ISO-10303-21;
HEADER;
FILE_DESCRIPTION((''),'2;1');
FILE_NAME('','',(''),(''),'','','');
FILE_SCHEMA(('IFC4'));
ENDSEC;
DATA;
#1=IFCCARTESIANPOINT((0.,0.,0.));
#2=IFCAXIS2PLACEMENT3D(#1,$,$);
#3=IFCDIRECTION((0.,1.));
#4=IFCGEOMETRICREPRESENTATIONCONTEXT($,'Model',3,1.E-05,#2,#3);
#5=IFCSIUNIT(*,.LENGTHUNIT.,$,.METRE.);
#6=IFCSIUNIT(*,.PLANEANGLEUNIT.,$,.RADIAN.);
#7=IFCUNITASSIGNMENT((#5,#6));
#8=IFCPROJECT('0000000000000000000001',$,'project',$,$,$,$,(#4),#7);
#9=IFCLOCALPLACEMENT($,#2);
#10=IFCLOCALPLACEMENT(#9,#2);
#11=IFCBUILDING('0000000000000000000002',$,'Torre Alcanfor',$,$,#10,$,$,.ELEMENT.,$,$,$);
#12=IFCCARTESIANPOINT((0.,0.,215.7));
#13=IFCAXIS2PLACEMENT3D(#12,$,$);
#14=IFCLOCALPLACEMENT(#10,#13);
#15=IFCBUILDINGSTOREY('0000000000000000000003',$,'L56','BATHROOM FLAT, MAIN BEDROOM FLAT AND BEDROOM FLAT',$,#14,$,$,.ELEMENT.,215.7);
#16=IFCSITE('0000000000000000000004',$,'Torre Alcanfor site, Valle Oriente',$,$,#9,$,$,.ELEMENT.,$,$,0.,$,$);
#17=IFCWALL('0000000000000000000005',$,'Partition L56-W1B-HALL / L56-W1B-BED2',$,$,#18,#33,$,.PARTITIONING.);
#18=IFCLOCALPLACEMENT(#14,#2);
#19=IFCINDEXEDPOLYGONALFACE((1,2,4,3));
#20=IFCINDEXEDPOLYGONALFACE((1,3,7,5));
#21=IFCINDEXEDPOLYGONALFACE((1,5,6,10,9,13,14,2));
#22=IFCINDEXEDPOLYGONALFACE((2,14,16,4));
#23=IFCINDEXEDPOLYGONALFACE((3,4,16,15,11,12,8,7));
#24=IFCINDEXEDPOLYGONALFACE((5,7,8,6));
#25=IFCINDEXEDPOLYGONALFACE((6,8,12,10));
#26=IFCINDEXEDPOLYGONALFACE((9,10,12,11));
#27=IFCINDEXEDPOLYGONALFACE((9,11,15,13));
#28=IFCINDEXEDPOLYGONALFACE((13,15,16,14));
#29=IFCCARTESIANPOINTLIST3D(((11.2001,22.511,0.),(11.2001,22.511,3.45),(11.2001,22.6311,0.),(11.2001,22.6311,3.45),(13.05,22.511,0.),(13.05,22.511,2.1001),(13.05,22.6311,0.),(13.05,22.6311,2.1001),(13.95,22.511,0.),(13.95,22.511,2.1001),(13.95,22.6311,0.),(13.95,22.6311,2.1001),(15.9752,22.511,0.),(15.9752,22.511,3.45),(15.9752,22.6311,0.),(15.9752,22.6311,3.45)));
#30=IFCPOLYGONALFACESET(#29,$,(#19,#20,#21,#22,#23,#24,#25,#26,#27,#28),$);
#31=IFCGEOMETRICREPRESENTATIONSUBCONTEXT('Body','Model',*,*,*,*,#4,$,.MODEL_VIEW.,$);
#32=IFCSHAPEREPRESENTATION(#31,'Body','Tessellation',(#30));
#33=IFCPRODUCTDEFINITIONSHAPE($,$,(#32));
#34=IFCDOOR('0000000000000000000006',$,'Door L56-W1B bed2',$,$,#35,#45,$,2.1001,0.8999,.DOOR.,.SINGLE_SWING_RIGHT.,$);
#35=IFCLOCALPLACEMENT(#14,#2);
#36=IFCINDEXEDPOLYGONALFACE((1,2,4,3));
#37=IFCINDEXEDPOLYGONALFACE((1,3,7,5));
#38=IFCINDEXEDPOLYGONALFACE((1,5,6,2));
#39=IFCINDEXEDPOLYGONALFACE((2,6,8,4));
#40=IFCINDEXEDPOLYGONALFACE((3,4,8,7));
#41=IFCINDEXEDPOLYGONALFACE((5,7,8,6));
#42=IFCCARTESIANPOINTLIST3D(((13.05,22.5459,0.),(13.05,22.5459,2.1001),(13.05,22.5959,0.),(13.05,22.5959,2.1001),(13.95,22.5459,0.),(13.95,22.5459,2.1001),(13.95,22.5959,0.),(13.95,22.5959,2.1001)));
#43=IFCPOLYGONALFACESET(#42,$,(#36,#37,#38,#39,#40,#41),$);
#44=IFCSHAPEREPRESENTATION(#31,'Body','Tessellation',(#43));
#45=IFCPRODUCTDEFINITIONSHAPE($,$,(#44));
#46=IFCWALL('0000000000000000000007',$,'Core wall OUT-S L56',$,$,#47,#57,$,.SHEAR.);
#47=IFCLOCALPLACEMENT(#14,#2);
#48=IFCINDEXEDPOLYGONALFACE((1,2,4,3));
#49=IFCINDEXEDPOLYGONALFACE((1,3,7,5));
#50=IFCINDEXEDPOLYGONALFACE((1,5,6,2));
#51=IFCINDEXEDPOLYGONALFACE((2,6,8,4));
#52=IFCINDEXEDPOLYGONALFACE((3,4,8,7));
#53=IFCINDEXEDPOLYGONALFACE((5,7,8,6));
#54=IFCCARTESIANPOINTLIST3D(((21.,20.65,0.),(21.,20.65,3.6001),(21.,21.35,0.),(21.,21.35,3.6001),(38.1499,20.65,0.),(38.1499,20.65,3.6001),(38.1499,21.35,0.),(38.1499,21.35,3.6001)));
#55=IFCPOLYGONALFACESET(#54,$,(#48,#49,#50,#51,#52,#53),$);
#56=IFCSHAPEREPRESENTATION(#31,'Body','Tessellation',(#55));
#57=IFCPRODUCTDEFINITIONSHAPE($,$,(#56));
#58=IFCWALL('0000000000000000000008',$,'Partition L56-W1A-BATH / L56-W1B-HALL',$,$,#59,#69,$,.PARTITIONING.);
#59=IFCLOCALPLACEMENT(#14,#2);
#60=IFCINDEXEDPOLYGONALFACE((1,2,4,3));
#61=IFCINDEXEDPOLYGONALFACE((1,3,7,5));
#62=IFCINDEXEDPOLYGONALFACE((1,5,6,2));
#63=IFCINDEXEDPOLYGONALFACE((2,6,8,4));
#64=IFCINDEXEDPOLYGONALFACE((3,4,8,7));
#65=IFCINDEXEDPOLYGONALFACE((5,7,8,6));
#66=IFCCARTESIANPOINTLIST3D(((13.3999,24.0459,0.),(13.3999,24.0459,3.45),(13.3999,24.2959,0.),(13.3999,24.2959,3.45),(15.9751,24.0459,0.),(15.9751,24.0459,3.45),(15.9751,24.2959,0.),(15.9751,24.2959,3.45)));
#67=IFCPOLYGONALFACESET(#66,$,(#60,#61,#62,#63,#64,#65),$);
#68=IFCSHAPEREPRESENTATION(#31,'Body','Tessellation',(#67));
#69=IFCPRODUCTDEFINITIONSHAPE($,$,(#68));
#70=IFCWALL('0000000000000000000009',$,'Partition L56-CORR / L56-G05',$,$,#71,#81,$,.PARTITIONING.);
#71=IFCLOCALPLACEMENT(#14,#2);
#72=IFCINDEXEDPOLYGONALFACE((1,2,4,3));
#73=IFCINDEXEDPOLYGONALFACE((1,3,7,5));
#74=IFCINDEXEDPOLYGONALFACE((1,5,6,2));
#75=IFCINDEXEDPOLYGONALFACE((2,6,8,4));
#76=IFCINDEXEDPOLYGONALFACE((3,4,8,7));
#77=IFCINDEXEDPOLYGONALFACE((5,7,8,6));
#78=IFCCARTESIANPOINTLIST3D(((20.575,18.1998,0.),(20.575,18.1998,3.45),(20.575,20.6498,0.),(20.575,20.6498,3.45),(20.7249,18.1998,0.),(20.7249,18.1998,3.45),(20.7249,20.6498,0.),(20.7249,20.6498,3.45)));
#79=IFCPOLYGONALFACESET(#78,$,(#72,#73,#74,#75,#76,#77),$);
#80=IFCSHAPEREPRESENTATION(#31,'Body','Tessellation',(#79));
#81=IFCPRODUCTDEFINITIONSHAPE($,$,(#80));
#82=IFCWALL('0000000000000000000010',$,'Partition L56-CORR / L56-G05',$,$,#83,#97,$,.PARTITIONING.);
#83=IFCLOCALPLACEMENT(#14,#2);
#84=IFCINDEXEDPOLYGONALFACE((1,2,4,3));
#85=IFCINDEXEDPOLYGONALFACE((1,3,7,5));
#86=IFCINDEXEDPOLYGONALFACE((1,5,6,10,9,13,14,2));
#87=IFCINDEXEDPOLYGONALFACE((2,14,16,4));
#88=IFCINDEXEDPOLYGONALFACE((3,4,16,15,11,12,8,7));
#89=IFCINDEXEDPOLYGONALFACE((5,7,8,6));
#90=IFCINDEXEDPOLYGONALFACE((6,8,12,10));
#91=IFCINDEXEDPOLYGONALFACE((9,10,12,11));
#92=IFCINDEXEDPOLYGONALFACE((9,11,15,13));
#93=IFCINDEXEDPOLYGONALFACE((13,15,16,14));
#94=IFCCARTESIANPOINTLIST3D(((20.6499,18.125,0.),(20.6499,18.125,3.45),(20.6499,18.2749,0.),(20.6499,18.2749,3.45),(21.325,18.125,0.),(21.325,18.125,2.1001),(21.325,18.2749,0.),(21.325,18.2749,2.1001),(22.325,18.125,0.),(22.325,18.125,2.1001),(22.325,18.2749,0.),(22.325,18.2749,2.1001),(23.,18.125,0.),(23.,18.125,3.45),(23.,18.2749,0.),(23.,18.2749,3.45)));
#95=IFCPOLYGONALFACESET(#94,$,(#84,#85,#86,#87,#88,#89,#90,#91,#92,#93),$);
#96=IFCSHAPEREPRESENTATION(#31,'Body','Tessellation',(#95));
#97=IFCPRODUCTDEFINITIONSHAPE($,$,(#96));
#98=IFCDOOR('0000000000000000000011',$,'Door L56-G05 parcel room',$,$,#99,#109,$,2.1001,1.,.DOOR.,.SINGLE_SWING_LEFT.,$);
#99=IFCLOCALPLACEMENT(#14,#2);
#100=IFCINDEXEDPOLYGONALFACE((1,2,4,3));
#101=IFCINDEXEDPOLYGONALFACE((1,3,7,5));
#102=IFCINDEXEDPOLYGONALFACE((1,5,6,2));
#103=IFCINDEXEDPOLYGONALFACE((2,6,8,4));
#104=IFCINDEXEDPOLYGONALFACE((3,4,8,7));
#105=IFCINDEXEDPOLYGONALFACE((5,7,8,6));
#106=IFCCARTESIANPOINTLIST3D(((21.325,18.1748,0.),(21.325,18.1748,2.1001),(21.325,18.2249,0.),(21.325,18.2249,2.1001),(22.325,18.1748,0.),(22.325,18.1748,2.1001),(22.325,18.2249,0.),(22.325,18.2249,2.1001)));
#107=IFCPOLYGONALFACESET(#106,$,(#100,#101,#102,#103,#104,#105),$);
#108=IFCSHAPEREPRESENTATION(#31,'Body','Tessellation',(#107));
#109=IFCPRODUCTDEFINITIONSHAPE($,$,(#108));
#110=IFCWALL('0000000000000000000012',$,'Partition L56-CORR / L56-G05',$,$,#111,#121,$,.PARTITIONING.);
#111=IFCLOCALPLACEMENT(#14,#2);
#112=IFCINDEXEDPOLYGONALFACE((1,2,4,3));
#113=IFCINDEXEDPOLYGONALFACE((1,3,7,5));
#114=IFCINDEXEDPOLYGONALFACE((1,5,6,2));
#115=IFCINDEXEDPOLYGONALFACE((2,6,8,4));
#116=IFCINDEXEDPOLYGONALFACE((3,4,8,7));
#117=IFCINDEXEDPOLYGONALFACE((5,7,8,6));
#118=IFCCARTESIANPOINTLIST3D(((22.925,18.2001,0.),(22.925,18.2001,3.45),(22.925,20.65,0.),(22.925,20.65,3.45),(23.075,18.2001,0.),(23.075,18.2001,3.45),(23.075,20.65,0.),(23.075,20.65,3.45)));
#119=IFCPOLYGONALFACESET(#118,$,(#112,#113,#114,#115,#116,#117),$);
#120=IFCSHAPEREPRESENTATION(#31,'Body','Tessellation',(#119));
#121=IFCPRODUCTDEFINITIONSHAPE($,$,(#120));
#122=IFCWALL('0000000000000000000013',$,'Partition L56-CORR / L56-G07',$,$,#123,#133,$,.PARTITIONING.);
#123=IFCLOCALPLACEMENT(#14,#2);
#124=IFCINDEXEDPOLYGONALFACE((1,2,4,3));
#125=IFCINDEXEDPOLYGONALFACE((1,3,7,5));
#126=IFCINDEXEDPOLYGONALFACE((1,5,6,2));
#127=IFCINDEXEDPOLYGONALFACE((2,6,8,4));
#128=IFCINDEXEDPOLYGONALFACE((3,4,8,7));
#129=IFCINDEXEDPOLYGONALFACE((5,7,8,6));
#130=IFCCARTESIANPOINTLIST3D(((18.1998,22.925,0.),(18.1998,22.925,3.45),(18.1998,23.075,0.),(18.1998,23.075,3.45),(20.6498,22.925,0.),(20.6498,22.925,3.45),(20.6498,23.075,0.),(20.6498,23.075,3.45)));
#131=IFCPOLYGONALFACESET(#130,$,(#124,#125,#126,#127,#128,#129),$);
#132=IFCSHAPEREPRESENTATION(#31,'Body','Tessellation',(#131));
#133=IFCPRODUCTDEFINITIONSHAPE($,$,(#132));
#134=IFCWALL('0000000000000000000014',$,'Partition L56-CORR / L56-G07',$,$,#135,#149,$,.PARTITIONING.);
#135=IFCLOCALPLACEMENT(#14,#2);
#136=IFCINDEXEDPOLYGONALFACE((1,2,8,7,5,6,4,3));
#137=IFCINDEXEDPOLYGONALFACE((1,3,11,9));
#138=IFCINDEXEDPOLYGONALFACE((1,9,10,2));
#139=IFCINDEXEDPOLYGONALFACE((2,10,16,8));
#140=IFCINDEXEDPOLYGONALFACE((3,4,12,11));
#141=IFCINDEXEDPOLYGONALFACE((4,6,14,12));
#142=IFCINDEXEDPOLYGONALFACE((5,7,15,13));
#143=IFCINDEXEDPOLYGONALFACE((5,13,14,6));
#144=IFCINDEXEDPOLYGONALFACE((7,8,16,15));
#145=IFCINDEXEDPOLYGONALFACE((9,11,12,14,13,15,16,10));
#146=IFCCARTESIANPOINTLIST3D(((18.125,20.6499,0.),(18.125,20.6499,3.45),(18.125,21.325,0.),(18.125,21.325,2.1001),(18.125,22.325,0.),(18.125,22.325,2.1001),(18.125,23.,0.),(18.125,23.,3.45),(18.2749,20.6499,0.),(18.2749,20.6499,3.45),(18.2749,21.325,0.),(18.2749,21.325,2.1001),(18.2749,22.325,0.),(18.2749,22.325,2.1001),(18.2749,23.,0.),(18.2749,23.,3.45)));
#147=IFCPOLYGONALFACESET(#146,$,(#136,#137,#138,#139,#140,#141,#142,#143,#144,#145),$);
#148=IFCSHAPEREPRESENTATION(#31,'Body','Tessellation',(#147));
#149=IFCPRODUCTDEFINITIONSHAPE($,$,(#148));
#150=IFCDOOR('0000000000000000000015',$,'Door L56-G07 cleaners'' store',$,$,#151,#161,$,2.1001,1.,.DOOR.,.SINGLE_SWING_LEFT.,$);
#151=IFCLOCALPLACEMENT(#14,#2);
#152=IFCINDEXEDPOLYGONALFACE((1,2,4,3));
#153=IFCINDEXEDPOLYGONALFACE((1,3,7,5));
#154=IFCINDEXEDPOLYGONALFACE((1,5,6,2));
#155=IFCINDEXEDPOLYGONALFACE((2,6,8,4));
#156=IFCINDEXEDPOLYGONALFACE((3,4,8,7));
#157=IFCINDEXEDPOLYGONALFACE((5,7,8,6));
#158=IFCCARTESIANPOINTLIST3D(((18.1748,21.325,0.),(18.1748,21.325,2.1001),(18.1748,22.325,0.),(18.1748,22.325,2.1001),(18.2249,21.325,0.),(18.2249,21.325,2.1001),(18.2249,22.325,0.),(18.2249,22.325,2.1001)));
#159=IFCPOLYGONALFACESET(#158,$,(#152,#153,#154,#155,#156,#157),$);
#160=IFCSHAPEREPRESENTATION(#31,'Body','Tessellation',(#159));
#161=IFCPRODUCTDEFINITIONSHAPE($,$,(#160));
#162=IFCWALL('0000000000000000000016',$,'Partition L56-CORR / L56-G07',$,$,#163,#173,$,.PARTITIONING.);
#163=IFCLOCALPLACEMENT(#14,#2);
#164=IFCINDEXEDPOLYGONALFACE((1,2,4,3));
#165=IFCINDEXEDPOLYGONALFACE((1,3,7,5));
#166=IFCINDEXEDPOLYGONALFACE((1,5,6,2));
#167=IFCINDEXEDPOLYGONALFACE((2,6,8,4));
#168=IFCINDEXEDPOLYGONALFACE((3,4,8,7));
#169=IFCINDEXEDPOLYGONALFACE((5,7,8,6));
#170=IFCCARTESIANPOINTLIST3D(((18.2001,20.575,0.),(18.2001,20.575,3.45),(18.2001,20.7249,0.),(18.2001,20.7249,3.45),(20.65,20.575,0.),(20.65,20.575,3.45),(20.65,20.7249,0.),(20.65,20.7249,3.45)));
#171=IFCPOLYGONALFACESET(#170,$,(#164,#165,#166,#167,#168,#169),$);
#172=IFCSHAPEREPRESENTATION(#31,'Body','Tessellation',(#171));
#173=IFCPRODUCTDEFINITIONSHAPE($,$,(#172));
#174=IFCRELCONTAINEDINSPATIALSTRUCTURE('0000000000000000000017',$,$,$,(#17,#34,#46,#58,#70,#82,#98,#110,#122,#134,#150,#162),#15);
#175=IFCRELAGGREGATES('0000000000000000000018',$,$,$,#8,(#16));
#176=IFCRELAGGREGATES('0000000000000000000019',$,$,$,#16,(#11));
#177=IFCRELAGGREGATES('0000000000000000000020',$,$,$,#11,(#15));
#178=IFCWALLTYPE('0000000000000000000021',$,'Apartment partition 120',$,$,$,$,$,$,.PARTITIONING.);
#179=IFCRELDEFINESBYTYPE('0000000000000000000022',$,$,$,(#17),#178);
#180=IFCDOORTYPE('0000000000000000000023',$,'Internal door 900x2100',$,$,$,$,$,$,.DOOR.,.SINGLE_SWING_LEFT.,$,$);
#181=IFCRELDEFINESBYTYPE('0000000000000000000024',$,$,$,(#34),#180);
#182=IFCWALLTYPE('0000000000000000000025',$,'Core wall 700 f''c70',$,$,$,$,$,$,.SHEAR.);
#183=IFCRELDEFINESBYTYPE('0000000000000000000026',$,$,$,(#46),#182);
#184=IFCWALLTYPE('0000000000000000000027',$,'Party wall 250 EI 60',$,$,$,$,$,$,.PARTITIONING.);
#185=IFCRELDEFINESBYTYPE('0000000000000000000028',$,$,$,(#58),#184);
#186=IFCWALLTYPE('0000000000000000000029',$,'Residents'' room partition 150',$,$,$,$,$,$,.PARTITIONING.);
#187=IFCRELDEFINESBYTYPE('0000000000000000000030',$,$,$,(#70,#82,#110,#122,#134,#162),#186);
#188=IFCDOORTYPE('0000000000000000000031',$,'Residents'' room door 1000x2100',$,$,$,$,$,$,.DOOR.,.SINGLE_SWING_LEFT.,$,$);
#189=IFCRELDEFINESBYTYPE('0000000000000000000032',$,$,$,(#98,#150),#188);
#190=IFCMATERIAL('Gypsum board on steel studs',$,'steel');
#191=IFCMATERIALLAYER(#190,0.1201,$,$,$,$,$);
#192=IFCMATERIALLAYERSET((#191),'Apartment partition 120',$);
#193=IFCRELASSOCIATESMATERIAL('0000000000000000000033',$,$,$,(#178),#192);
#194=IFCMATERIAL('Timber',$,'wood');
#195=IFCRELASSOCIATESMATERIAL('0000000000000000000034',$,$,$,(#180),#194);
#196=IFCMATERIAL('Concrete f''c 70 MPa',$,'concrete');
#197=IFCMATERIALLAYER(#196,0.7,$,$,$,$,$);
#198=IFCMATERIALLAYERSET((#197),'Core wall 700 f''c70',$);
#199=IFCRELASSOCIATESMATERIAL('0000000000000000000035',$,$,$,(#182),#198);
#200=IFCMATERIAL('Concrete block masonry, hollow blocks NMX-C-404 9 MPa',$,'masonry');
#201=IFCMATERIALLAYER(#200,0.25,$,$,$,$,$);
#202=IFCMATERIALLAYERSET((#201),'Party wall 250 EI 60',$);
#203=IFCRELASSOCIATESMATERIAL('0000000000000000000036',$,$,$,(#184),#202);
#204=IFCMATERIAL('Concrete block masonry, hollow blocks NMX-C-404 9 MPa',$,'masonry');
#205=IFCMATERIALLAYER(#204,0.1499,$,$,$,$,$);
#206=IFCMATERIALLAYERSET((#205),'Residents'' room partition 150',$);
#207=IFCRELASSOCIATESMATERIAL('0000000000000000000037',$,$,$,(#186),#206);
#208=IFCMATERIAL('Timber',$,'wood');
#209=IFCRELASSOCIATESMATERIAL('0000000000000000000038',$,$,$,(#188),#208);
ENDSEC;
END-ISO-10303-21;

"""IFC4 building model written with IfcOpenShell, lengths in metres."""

from ifc_helpers import new_model, si_unit, direction, frame, frame_2d, origin, place, context, subcontext, project, spatial, rectangle, extrude, material, layer, layer_set, type_object, element, fill, save


model = new_model("IFC4")

# Units and contexts
model_context = context("Model", 3, precision=1e-05, world=origin(), true_north=direction((0.0, 1.0)))
body_context = subcontext(model_context, "Body", "Model", "MODEL_VIEW")
ifc_project = project(units=[si_unit("LENGTHUNIT", "METRE"), si_unit("PLANEANGLEUNIT", "RADIAN")], contexts=[model_context])

# Site, building, storey
site_placement = place(None, origin())
site = spatial("IfcSite", under=ifc_project, at=site_placement, Name="Torre Alcanfor site, Valle Oriente", CompositionType="ELEMENT", RefElevation=0.0)
building_placement = place(site_placement, origin())
building = spatial("IfcBuilding", under=site, at=building_placement, Name="Torre Alcanfor", CompositionType="ELEMENT")
storey_placement = place(building_placement, frame((0.0, 0.0, 215.7)))
storey = spatial("IfcBuildingStorey", under=building, at=storey_placement, Name="L56", Description="BATHROOM FLAT, MAIN BEDROOM FLAT AND BEDROOM FLAT", CompositionType="ELEMENT", Elevation=215.7)

# Wall, opening, door
ifc_material_1 = material(Name="Gypsum board on steel studs", Category="steel")
ifc_layer_1 = layer(ifc_material_1, 0.1201)
ifc_layer_set_1 = layer_set([ifc_layer_1], Name="Apartment partition 120")
wall_type_1 = type_object("IfcWallType", Name="Apartment partition 120", PredefinedType="PARTITIONING", material=ifc_layer_set_1)
wall_1_placement = place(storey_placement, frame((11.2, 22.571, 0.0), z_axis=(0.0, 0.0, 1.0), x_axis=(1.0, 0.0, 0.0)))
wall_1 = element("IfcWall", 1, at=wall_1_placement, inside=storey, type_object=wall_type_1, Name="Partition L56-W1B-HALL / L56-W1B-BED2", PredefinedType="PARTITIONING", context=body_context, shape_type="SweptSolid", body=[
    extrude(rectangle(XDim=4.7751, YDim=0.1201, at=frame_2d((2.3877, 0.0))), origin(), (0.0, 0.0, 1.0), 3.45),
])
opening_1_placement = place(wall_1_placement, frame((1.8501, 0.0, 0.0)))
opening_1 = element("IfcOpeningElement", 2, at=opening_1_placement, cuts=wall_1, PredefinedType="OPENING", context=body_context, shape_type="SweptSolid", body=[
    extrude(rectangle(XDim=0.8999, YDim=2.1001, at=frame_2d((0.45, 1.05))), frame((0.0, 0.0701, 0.0), z_axis=(0.0, -1.0, 0.0), x_axis=(1.0, 0.0, 0.0)), (0.0, 0.0, 1.0), 0.1401),
])
ifc_material_2 = material(Name="Timber", Category="wood")
door_type_1 = type_object("IfcDoorType", Name="Internal door 900x2100", OperationType="SINGLE_SWING_LEFT", PredefinedType="DOOR", material=ifc_material_2)
door_1_placement = place(opening_1_placement, frame((0.8999, 0.0, 0.0), z_axis=(0.0, 0.0, 1.0), x_axis=(-1.0, 0.0, 0.0)))
door_1 = element("IfcDoor", 3, at=door_1_placement, inside=storey, type_object=door_type_1, Name="Door L56-W1B bed2", OperationType="SINGLE_SWING_RIGHT", OverallHeight=2.1001, OverallWidth=0.8999, PredefinedType="DOOR", context=body_context, shape_type="SweptSolid", body=[
    extrude(rectangle(XDim=0.8999, YDim=2.1001, at=frame_2d((0.45, 1.05))), frame((0.0, 0.0251, 0.0), z_axis=(0.0, -1.0, 0.0), x_axis=(1.0, 0.0, 0.0)), (0.0, 0.0, 1.0), 0.05),
])
fill(opening_1, door_1)

# Walls
ifc_material_3 = material(Name="Concrete f'c 70 MPa", Category="concrete")
ifc_layer_2 = layer(ifc_material_3, 0.7)
ifc_layer_set_2 = layer_set([ifc_layer_2], Name="Core wall 700 f'c70")
wall_type_2 = type_object("IfcWallType", Name="Core wall 700 f'c70", PredefinedType="SHEAR", material=ifc_layer_set_2)
wall_2_placement = place(storey_placement, frame((21.0, 21.0, 0.0), z_axis=(0.0, 0.0, 1.0), x_axis=(1.0, 0.0, 0.0)))
element("IfcWall", 4, at=wall_2_placement, inside=storey, type_object=wall_type_2, Name="Core wall OUT-S L56", PredefinedType="SHEAR", context=body_context, shape_type="SweptSolid", body=[
    extrude(rectangle(XDim=17.1499, YDim=0.7, at=frame_2d((8.575, 0.0))), origin(), (0.0, 0.0, 1.0), 3.6001),
])
ifc_material_4 = material(Name="Concrete block masonry, hollow blocks NMX-C-404 9 MPa", Category="masonry")
ifc_layer_3 = layer(ifc_material_4, 0.25)
ifc_layer_set_3 = layer_set([ifc_layer_3], Name="Party wall 250 EI 60")
wall_type_3 = type_object("IfcWallType", Name="Party wall 250 EI 60", PredefinedType="PARTITIONING", material=ifc_layer_set_3)
wall_3_placement = place(storey_placement, frame((13.3999, 24.1709, 0.0), z_axis=(0.0, 0.0, 1.0), x_axis=(1.0, 0.0, 0.0)))
element("IfcWall", 5, at=wall_3_placement, inside=storey, type_object=wall_type_3, Name="Partition L56-W1A-BATH / L56-W1B-HALL", PredefinedType="PARTITIONING", context=body_context, shape_type="SweptSolid", body=[
    extrude(rectangle(XDim=2.5752, YDim=0.25, at=frame_2d((1.2876, 0.0))), origin(), (0.0, 0.0, 1.0), 3.45),
])
ifc_material_5 = material(Name="Concrete block masonry, hollow blocks NMX-C-404 9 MPa", Category="masonry")
ifc_layer_4 = layer(ifc_material_5, 0.1499)
ifc_layer_set_4 = layer_set([ifc_layer_4], Name="Residents' room partition 150")
wall_type_4 = type_object("IfcWallType", Name="Residents' room partition 150", PredefinedType="PARTITIONING", material=ifc_layer_set_4)
wall_4_placement = place(storey_placement, frame((20.6499, 20.6499, 0.0), z_axis=(0.0, 0.0, 1.0), x_axis=(0.0, -1.0, 0.0)))
element("IfcWall", 6, at=wall_4_placement, inside=storey, type_object=wall_type_4, Name="Partition L56-CORR / L56-G05", PredefinedType="PARTITIONING", context=body_context, shape_type="SweptSolid", body=[
    extrude(rectangle(XDim=2.45, YDim=0.1499, at=frame_2d((1.2251, 0.0))), origin(), (0.0, 0.0, 1.0), 3.45),
])

# Wall, opening, door
wall_5_placement = place(storey_placement, frame((20.6499, 18.2, 0.0), z_axis=(0.0, 0.0, 1.0), x_axis=(1.0, 0.0, 0.0)))
wall_5 = element("IfcWall", 7, at=wall_5_placement, inside=storey, type_object=wall_type_4, Name="Partition L56-CORR / L56-G05", PredefinedType="PARTITIONING", context=body_context, shape_type="SweptSolid", body=[
    extrude(rectangle(XDim=2.3501, YDim=0.1499, at=frame_2d((1.175, 0.0))), origin(), (0.0, 0.0, 1.0), 3.45),
])
opening_2_placement = place(wall_5_placement, frame((0.675, 0.0, 0.0)))
opening_2 = element("IfcOpeningElement", 8, at=opening_2_placement, cuts=wall_5, PredefinedType="OPENING", context=body_context, shape_type="SweptSolid", body=[
    extrude(rectangle(XDim=1.0, YDim=2.1001, at=frame_2d((0.5, 1.05))), frame((0.0, 0.085, 0.0), z_axis=(0.0, -1.0, 0.0), x_axis=(1.0, 0.0, 0.0)), (0.0, 0.0, 1.0), 0.1699),
])
ifc_material_6 = material(Name="Timber", Category="wood")
door_type_2 = type_object("IfcDoorType", Name="Residents' room door 1000x2100", OperationType="SINGLE_SWING_LEFT", PredefinedType="DOOR", material=ifc_material_6)
door_2_placement = place(opening_2_placement, origin())
door_2 = element("IfcDoor", 9, at=door_2_placement, inside=storey, type_object=door_type_2, Name="Door L56-G05 parcel room", OperationType="SINGLE_SWING_LEFT", OverallHeight=2.1001, OverallWidth=1.0, PredefinedType="DOOR", context=body_context, shape_type="SweptSolid", body=[
    extrude(rectangle(XDim=1.0, YDim=2.1001, at=frame_2d((0.5, 1.05))), frame((0.0, 0.0249, 0.0), z_axis=(0.0, -1.0, 0.0), x_axis=(1.0, 0.0, 0.0)), (0.0, 0.0, 1.0), 0.05),
])
fill(opening_2, door_2)

# Walls
for number, where, z_axis, x_axis, name in (
    (10, (23.0, 18.2, 0.0), (0.0, 0.0, 1.0), (0.0, 1.0, 0.0), "Partition L56-CORR / L56-G05"),
    (11, (20.6499, 23.0, 0.0), (0.0, 0.0, 1.0), (-1.0, 0.0, 0.0), "Partition L56-CORR / L56-G07"),
):
    element("IfcWall", number, at=place(storey_placement, frame(where, z_axis=z_axis, x_axis=x_axis)), inside=storey, type_object=wall_type_4, Name=name, PredefinedType="PARTITIONING", context=body_context, shape_type="SweptSolid", body=[
        extrude(rectangle(XDim=2.45, YDim=0.1499, at=frame_2d((1.2251, 0.0))), origin(), (0.0, 0.0, 1.0), 3.45),
    ])

# Wall, opening, door
wall_6_placement = place(storey_placement, frame((18.2, 23.0, 0.0), z_axis=(0.0, 0.0, 1.0), x_axis=(0.0, -1.0, 0.0)))
wall_6 = element("IfcWall", 12, at=wall_6_placement, inside=storey, type_object=wall_type_4, Name="Partition L56-CORR / L56-G07", PredefinedType="PARTITIONING", context=body_context, shape_type="SweptSolid", body=[
    extrude(rectangle(XDim=2.3501, YDim=0.1499, at=frame_2d((1.175, 0.0))), origin(), (0.0, 0.0, 1.0), 3.45),
])
opening_3_placement = place(wall_6_placement, frame((0.675, 0.0, 0.0)))
opening_3 = element("IfcOpeningElement", 13, at=opening_3_placement, cuts=wall_6, PredefinedType="OPENING", context=body_context, shape_type="SweptSolid", body=[
    extrude(rectangle(XDim=1.0, YDim=2.1001, at=frame_2d((0.5, 1.05))), frame((0.0, 0.085, 0.0), z_axis=(0.0, -1.0, 0.0), x_axis=(1.0, 0.0, 0.0)), (0.0, 0.0, 1.0), 0.1699),
])
door_3_placement = place(opening_3_placement, origin())
door_3 = element("IfcDoor", 14, at=door_3_placement, inside=storey, type_object=door_type_2, Name="Door L56-G07 cleaners' store", OperationType="SINGLE_SWING_LEFT", OverallHeight=2.1001, OverallWidth=1.0, PredefinedType="DOOR", context=body_context, shape_type="SweptSolid", body=[
    extrude(rectangle(XDim=1.0, YDim=2.1001, at=frame_2d((0.5, 1.05))), frame((0.0, 0.0249, 0.0), z_axis=(0.0, -1.0, 0.0), x_axis=(1.0, 0.0, 0.0)), (0.0, 0.0, 1.0), 0.05),
])
fill(opening_3, door_3)

# Wall
wall_7_placement = place(storey_placement, frame((18.2, 20.6499, 0.0), z_axis=(0.0, 0.0, 1.0), x_axis=(1.0, 0.0, 0.0)))
element("IfcWall", 15, at=wall_7_placement, inside=storey, type_object=wall_type_4, Name="Partition L56-CORR / L56-G07", PredefinedType="PARTITIONING", context=body_context, shape_type="SweptSolid", body=[
    extrude(rectangle(XDim=2.45, YDim=0.1499, at=frame_2d((1.2251, 0.0))), origin(), (0.0, 0.0, 1.0), 3.45),
])

save(model, "model.ifc")
